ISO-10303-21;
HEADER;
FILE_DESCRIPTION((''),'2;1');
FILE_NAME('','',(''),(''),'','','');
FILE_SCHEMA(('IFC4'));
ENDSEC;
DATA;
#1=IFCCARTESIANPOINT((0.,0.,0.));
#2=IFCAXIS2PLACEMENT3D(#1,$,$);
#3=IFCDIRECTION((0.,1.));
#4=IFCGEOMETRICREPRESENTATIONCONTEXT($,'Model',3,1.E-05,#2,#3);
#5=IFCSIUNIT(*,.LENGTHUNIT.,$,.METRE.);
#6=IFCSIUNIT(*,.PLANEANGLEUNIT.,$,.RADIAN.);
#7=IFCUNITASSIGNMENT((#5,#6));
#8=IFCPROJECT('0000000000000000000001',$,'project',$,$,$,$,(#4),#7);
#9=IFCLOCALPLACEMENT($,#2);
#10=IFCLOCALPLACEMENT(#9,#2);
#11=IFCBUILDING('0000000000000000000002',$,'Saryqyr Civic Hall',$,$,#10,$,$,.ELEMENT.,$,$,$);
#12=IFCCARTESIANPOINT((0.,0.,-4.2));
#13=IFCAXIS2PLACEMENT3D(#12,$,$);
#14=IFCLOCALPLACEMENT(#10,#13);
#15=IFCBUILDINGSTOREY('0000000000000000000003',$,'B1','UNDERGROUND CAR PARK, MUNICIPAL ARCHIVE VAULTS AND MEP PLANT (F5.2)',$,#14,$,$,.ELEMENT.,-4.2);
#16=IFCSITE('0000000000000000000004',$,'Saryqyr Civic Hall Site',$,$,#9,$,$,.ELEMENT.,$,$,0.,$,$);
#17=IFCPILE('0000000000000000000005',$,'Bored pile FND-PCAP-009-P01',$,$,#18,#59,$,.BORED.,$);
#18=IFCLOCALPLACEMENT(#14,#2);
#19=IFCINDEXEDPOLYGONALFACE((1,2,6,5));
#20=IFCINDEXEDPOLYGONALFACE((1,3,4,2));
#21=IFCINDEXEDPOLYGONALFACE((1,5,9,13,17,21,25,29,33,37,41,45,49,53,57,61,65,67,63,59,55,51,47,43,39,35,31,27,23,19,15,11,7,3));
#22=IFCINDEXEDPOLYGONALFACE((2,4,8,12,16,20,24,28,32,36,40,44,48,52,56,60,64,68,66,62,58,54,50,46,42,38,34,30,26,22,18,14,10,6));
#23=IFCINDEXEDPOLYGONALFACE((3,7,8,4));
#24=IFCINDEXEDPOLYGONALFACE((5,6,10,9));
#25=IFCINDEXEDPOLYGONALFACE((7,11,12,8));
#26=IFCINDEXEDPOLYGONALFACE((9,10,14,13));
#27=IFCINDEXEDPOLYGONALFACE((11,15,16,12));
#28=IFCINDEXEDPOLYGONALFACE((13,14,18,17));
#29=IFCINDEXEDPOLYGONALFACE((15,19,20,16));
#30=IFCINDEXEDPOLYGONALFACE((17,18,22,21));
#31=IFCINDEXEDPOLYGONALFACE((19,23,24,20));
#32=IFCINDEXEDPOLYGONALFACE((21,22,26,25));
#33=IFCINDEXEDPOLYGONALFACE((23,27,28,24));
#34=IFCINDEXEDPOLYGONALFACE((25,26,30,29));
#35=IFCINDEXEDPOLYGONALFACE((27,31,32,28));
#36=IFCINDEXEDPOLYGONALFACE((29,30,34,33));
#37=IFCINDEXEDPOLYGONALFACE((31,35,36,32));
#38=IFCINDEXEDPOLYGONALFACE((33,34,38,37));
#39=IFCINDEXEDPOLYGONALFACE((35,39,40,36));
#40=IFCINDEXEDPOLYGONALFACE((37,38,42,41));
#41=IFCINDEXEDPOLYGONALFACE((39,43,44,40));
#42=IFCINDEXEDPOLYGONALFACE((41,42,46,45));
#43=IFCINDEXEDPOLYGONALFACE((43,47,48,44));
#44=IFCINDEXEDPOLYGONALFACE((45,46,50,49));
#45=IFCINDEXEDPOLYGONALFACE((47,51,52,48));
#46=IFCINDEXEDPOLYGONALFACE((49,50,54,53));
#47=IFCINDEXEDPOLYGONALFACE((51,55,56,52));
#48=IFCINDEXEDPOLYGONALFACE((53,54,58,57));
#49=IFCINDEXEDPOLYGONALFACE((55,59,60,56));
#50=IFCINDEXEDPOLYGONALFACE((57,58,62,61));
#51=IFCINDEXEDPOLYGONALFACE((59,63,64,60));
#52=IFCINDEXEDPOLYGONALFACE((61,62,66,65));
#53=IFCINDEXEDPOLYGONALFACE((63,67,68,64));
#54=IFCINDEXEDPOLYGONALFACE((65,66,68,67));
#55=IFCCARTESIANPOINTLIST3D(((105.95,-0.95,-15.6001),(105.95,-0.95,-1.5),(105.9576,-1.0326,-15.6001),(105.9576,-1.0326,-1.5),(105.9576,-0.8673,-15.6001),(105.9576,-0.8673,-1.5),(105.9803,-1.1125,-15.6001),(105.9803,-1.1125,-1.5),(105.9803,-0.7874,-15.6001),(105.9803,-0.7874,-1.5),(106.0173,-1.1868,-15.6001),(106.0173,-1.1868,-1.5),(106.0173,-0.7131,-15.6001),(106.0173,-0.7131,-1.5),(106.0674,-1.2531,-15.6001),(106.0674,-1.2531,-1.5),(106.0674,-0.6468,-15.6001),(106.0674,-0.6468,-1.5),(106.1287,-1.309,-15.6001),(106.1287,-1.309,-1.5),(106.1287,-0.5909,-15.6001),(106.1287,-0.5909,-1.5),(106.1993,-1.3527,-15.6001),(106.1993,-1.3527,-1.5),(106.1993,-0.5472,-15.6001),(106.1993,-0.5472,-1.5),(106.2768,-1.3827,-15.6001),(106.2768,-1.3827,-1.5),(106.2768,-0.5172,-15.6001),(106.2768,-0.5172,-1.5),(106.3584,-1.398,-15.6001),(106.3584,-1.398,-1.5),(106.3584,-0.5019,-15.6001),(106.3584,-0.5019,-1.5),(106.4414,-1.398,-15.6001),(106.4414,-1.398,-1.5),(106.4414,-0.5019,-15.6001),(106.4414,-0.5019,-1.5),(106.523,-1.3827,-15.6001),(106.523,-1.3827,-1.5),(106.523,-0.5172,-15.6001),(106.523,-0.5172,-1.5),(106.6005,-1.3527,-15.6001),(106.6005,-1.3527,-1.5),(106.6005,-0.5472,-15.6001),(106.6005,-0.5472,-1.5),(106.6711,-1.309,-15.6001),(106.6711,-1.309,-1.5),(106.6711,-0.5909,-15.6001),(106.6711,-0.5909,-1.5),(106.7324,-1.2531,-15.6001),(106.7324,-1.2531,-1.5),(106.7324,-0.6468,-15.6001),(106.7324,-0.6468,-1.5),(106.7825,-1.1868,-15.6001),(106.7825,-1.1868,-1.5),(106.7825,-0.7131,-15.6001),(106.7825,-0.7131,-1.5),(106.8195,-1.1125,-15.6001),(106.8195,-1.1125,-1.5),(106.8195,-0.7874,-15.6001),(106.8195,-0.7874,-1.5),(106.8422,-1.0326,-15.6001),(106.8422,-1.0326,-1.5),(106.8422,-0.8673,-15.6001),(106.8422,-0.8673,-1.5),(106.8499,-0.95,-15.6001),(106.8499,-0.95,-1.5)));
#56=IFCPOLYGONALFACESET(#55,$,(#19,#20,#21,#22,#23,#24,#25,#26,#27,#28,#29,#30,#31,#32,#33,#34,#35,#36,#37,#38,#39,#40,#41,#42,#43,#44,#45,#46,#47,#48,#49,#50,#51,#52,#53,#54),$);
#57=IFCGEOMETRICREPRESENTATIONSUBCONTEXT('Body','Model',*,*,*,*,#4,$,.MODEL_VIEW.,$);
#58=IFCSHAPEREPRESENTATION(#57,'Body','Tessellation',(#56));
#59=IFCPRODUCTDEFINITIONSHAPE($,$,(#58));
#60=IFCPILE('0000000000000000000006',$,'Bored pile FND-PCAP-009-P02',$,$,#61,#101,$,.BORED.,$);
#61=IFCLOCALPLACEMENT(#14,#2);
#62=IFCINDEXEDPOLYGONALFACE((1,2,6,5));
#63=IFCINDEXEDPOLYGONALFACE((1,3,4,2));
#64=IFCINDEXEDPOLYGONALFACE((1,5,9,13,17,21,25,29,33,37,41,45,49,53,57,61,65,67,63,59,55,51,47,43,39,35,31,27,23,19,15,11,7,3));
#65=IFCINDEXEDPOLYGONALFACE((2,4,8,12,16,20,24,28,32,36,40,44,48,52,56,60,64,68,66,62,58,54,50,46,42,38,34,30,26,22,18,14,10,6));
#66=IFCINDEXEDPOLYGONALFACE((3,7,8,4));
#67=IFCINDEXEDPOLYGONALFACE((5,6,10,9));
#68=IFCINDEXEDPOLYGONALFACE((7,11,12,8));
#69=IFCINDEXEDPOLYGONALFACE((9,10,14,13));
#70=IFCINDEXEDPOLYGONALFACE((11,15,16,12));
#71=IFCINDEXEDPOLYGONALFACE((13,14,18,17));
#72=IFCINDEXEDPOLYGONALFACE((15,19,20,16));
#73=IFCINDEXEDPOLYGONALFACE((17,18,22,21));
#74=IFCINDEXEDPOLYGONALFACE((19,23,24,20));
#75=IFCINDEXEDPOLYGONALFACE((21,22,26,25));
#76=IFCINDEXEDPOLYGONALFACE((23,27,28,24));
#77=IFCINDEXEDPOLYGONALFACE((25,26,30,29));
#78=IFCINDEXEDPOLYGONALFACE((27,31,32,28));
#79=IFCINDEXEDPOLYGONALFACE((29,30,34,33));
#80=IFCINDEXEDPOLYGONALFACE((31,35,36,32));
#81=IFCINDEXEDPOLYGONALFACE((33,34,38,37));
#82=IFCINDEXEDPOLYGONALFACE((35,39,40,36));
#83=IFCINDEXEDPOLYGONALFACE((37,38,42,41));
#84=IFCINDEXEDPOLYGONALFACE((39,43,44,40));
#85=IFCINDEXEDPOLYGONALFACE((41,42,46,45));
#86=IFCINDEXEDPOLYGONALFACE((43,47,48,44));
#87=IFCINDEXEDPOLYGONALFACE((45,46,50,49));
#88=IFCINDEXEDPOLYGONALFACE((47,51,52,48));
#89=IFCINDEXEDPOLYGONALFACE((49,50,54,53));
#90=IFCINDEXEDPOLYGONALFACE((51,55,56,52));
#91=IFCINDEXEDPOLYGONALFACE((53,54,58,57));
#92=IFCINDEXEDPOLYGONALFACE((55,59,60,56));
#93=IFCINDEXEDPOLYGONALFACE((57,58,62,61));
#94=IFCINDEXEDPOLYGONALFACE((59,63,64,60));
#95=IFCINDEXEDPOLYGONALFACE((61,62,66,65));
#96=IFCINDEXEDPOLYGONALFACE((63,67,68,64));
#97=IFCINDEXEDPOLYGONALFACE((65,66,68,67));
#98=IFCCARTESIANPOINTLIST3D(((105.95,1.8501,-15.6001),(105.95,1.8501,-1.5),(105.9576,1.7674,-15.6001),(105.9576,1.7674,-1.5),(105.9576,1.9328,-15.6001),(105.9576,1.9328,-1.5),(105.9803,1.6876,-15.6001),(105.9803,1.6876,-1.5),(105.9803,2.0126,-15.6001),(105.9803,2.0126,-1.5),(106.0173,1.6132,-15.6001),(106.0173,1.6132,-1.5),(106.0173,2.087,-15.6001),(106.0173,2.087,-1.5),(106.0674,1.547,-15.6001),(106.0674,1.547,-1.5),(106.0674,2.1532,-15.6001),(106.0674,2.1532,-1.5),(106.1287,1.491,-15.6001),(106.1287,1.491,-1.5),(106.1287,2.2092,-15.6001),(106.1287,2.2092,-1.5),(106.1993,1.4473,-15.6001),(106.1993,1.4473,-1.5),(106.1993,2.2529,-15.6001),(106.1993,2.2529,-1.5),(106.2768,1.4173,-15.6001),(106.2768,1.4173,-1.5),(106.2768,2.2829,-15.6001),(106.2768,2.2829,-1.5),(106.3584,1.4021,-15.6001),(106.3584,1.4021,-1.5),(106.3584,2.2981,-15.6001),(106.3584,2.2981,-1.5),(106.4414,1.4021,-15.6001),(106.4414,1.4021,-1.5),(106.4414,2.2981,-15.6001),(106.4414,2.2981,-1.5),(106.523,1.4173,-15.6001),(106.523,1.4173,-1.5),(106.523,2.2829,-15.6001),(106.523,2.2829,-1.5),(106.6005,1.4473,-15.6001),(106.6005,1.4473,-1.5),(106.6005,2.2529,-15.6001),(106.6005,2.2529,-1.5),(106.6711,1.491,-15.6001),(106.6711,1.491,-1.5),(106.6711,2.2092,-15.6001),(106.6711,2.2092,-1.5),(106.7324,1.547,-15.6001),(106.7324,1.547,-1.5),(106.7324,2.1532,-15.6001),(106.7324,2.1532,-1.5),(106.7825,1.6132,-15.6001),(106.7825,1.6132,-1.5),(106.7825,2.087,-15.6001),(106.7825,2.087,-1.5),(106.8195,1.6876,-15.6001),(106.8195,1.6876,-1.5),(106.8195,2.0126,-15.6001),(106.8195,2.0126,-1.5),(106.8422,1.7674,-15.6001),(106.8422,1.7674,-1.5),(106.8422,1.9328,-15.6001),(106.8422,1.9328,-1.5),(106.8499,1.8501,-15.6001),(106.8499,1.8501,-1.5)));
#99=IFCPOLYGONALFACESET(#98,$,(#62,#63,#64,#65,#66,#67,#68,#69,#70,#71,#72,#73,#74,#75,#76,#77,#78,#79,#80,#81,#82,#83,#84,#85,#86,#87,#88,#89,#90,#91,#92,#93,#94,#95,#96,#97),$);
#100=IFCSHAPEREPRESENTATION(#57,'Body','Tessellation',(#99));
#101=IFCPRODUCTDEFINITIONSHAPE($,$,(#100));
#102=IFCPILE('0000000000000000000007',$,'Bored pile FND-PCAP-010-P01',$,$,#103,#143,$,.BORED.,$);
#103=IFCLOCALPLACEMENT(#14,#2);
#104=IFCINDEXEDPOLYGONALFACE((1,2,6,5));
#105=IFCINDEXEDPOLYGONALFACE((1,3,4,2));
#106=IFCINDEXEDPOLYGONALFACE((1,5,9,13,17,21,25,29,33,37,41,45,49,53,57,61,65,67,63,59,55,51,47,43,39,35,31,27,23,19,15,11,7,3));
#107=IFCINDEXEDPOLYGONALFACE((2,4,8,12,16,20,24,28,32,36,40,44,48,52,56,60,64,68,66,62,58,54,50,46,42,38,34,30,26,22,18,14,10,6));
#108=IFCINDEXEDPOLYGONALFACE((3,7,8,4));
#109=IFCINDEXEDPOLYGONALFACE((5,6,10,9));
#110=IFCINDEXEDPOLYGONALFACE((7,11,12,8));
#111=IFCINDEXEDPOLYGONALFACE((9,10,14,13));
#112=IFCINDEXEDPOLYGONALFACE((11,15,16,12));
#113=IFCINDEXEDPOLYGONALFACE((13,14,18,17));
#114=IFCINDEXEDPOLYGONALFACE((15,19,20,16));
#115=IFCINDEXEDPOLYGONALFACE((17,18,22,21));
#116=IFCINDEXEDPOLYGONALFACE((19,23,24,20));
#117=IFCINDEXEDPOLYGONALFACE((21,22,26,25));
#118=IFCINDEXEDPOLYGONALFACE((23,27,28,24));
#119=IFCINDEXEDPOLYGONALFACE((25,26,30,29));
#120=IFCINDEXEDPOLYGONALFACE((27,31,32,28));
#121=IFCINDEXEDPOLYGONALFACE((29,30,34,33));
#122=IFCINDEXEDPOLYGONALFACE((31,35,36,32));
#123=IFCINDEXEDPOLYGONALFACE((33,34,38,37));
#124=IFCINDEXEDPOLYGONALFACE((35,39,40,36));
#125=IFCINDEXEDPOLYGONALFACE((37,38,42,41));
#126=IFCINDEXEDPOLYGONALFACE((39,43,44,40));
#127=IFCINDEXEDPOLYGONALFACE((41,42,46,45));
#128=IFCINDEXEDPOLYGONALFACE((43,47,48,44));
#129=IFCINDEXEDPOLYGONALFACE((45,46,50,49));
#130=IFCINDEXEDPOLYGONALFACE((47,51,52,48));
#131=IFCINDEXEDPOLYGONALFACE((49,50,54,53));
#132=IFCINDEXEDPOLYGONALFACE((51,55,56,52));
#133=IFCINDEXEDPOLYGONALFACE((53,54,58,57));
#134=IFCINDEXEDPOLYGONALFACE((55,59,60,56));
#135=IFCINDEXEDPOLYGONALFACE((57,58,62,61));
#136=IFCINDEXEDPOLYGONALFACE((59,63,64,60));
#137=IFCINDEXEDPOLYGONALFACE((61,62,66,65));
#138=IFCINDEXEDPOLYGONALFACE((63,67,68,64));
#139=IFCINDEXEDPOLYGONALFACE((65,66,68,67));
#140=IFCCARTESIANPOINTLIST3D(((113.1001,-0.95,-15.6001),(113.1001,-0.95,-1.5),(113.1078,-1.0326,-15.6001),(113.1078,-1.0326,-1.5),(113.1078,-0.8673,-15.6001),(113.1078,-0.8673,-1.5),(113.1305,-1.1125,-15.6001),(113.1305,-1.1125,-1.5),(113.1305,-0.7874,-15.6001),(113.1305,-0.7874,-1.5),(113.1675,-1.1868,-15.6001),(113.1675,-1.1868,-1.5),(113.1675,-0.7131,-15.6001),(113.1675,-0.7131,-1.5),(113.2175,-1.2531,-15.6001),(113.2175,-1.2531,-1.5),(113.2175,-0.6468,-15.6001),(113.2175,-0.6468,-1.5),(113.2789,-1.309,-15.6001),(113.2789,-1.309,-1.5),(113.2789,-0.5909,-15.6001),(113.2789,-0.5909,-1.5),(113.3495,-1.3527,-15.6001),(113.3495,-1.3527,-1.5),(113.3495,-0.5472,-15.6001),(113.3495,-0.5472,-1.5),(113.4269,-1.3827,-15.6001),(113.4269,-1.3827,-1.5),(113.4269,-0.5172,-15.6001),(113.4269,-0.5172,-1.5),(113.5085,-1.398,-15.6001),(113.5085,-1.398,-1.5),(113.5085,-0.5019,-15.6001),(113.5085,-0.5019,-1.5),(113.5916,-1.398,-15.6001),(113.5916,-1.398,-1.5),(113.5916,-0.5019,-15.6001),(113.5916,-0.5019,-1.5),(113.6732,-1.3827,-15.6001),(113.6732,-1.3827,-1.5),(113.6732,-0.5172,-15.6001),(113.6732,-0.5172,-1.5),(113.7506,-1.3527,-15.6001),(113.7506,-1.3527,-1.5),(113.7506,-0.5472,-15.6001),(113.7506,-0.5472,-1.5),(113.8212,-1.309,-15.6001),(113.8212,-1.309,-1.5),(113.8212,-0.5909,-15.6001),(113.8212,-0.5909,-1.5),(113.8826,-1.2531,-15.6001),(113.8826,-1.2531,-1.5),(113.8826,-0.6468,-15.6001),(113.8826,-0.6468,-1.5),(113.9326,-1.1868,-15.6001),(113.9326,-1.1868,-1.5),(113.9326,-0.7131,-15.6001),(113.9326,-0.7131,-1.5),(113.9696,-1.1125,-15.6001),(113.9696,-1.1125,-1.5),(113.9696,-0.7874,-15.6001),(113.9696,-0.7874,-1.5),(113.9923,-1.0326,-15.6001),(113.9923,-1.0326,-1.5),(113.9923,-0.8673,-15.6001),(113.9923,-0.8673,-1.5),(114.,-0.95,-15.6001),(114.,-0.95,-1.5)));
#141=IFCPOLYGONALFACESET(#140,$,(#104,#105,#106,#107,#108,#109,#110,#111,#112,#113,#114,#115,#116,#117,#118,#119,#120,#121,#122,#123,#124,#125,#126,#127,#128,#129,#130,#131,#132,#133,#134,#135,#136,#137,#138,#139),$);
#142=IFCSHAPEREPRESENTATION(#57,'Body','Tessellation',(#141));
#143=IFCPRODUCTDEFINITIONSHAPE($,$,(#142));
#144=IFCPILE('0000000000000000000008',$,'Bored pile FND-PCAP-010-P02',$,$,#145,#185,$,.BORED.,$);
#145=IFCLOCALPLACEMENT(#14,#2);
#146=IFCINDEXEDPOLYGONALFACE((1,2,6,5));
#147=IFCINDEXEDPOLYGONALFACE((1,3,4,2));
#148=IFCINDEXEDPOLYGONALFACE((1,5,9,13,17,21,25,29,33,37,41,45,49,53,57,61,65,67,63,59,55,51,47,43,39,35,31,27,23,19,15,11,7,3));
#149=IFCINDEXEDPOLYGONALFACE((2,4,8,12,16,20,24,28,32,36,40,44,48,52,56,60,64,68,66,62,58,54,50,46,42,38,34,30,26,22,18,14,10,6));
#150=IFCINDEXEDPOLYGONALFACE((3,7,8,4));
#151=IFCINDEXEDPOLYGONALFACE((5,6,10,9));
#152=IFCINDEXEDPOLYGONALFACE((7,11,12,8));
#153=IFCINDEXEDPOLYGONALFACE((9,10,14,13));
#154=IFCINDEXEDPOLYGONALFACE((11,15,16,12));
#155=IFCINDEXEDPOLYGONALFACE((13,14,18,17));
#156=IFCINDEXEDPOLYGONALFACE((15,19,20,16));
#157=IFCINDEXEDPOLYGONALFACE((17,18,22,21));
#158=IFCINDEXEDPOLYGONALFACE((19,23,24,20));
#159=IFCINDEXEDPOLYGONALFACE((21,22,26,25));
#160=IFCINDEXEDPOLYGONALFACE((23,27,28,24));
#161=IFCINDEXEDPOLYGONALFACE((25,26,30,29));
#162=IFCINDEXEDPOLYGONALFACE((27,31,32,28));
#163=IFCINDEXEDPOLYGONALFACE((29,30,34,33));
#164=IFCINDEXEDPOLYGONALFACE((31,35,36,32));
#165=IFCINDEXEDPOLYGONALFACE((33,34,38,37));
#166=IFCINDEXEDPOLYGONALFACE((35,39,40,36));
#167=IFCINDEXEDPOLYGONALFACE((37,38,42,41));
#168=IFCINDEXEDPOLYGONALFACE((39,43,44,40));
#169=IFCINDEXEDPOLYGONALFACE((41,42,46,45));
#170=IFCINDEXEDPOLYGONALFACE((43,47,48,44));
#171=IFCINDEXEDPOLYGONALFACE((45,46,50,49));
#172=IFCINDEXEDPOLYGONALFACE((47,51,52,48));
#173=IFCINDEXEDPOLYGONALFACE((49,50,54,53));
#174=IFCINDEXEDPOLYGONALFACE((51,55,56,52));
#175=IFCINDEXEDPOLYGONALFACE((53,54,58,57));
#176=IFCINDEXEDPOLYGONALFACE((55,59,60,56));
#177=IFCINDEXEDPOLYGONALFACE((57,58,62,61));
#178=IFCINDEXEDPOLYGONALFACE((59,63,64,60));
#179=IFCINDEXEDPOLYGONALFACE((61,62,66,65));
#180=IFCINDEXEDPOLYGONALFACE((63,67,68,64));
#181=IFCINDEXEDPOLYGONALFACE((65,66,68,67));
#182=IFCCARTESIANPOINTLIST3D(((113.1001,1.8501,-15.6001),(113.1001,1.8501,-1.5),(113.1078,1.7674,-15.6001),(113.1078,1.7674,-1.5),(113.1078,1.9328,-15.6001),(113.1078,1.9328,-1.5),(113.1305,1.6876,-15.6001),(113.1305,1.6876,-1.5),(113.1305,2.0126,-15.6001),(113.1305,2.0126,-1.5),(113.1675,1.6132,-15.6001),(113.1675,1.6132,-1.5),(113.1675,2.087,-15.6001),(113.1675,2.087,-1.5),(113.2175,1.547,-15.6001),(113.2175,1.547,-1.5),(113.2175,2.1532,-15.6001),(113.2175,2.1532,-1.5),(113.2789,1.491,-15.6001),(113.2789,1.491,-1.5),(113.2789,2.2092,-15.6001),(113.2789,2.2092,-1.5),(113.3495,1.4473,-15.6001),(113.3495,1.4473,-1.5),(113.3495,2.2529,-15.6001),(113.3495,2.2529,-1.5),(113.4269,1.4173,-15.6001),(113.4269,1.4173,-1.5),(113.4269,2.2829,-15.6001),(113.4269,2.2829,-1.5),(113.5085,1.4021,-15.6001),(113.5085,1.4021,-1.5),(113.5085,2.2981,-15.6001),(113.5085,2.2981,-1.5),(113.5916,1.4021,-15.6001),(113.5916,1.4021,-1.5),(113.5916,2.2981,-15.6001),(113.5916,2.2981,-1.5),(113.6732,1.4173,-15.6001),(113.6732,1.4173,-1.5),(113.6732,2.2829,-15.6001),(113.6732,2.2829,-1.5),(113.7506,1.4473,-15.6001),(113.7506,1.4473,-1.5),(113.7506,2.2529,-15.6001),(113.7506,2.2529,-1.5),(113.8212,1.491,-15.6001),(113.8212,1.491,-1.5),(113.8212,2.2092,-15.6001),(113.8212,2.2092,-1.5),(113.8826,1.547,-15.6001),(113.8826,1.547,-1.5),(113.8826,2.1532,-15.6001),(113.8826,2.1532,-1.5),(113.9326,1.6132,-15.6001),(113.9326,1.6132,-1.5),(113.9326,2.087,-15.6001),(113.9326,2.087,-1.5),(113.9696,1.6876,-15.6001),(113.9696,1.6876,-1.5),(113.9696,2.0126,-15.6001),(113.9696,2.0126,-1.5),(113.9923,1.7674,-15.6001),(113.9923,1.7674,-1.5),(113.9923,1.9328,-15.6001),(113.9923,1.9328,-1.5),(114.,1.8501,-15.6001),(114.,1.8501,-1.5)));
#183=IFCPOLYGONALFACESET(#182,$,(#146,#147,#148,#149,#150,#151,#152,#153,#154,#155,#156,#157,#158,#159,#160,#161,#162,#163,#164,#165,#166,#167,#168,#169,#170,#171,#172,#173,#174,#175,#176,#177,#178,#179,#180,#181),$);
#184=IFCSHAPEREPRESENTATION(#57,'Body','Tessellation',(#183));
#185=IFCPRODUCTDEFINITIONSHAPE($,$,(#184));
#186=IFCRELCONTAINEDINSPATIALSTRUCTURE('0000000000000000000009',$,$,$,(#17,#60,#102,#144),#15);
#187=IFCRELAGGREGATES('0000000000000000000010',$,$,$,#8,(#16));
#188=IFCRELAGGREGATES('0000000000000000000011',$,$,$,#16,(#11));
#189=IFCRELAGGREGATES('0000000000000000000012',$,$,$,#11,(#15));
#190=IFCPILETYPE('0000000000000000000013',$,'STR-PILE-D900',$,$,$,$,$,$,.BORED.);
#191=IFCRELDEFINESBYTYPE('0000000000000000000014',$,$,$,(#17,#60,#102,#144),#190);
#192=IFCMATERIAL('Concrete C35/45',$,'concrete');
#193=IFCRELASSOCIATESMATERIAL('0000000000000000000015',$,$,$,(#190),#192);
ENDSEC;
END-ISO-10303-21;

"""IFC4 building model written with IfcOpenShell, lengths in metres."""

from ifc_helpers import new_model, si_unit, direction, frame, origin, origin_2d, place, context, subcontext, project, spatial, circle, extrude, material, material_profile, profile_set, type_object, element, save


model = new_model("IFC4")

# Units and contexts
model_context = context("Model", 3, precision=1e-05, world=origin(), true_north=direction((0.0, 1.0)))
body_context = subcontext(model_context, "Body", "Model", "MODEL_VIEW")
ifc_project = project(units=[si_unit("LENGTHUNIT", "METRE"), si_unit("PLANEANGLEUNIT", "RADIAN")], contexts=[model_context])

# Site, building, storey
site_placement = place(None, origin())
site = spatial("IfcSite", under=ifc_project, at=site_placement, Name="Saryqyr Civic Hall Site", CompositionType="ELEMENT", RefElevation=0.0)
building_placement = place(site_placement, origin())
building = spatial("IfcBuilding", under=site, at=building_placement, Name="Saryqyr Civic Hall", CompositionType="ELEMENT")
storey_placement = place(building_placement, frame((0.0, 0.0, -4.2)))
storey = spatial("IfcBuildingStorey", under=building, at=storey_placement, Name="B1", Description="UNDERGROUND CAR PARK, MUNICIPAL ARCHIVE VAULTS AND MEP PLANT (F5.2)", CompositionType="ELEMENT", Elevation=-4.2)

# Shared definitions
ifc_material_1 = material(Name="Concrete C35/45", Category="concrete")

# Piles
ifc_material_profile_1 = material_profile(ifc_material_1, circle(Radius=0.45, at=origin_2d()), Name="BORED PILE D900")
ifc_profile_set_1 = profile_set([ifc_material_profile_1], Name="Concrete C35/45")
pile_type_1 = type_object("IfcPileType", Name="STR-PILE-D900", PredefinedType="BORED", material=ifc_profile_set_1)
for number, where, z_axis, x_axis, name in (
    (1, (106.3999, -0.95, -1.5), (0.0, 0.0, -1.0), (1.0, 0.0, 0.0), "Bored pile FND-PCAP-009-P01"),
    (2, (106.3999, 1.8501, -1.5), (0.0, 0.0, -1.0), (1.0, 0.0, 0.0), "Bored pile FND-PCAP-009-P02"),
    (3, (113.55, -0.95, -1.5), (0.0, 0.0, -1.0), (1.0, 0.0, 0.0), "Bored pile FND-PCAP-010-P01"),
    (4, (113.55, 1.8501, -1.5), (0.0, 0.0, -1.0), (1.0, 0.0, 0.0), "Bored pile FND-PCAP-010-P02"),
):
    element("IfcPile", number, at=place(storey_placement, frame(where, z_axis=z_axis, x_axis=x_axis)), inside=storey, type_object=pile_type_1, Name=name, PredefinedType="BORED", context=body_context, shape_type="SweptSolid", body=[
        extrude(circle(Radius=0.45, at=origin_2d()), origin(), (0.0, 0.0, 1.0), 14.1001),
    ])

save(model, "model.ifc")
